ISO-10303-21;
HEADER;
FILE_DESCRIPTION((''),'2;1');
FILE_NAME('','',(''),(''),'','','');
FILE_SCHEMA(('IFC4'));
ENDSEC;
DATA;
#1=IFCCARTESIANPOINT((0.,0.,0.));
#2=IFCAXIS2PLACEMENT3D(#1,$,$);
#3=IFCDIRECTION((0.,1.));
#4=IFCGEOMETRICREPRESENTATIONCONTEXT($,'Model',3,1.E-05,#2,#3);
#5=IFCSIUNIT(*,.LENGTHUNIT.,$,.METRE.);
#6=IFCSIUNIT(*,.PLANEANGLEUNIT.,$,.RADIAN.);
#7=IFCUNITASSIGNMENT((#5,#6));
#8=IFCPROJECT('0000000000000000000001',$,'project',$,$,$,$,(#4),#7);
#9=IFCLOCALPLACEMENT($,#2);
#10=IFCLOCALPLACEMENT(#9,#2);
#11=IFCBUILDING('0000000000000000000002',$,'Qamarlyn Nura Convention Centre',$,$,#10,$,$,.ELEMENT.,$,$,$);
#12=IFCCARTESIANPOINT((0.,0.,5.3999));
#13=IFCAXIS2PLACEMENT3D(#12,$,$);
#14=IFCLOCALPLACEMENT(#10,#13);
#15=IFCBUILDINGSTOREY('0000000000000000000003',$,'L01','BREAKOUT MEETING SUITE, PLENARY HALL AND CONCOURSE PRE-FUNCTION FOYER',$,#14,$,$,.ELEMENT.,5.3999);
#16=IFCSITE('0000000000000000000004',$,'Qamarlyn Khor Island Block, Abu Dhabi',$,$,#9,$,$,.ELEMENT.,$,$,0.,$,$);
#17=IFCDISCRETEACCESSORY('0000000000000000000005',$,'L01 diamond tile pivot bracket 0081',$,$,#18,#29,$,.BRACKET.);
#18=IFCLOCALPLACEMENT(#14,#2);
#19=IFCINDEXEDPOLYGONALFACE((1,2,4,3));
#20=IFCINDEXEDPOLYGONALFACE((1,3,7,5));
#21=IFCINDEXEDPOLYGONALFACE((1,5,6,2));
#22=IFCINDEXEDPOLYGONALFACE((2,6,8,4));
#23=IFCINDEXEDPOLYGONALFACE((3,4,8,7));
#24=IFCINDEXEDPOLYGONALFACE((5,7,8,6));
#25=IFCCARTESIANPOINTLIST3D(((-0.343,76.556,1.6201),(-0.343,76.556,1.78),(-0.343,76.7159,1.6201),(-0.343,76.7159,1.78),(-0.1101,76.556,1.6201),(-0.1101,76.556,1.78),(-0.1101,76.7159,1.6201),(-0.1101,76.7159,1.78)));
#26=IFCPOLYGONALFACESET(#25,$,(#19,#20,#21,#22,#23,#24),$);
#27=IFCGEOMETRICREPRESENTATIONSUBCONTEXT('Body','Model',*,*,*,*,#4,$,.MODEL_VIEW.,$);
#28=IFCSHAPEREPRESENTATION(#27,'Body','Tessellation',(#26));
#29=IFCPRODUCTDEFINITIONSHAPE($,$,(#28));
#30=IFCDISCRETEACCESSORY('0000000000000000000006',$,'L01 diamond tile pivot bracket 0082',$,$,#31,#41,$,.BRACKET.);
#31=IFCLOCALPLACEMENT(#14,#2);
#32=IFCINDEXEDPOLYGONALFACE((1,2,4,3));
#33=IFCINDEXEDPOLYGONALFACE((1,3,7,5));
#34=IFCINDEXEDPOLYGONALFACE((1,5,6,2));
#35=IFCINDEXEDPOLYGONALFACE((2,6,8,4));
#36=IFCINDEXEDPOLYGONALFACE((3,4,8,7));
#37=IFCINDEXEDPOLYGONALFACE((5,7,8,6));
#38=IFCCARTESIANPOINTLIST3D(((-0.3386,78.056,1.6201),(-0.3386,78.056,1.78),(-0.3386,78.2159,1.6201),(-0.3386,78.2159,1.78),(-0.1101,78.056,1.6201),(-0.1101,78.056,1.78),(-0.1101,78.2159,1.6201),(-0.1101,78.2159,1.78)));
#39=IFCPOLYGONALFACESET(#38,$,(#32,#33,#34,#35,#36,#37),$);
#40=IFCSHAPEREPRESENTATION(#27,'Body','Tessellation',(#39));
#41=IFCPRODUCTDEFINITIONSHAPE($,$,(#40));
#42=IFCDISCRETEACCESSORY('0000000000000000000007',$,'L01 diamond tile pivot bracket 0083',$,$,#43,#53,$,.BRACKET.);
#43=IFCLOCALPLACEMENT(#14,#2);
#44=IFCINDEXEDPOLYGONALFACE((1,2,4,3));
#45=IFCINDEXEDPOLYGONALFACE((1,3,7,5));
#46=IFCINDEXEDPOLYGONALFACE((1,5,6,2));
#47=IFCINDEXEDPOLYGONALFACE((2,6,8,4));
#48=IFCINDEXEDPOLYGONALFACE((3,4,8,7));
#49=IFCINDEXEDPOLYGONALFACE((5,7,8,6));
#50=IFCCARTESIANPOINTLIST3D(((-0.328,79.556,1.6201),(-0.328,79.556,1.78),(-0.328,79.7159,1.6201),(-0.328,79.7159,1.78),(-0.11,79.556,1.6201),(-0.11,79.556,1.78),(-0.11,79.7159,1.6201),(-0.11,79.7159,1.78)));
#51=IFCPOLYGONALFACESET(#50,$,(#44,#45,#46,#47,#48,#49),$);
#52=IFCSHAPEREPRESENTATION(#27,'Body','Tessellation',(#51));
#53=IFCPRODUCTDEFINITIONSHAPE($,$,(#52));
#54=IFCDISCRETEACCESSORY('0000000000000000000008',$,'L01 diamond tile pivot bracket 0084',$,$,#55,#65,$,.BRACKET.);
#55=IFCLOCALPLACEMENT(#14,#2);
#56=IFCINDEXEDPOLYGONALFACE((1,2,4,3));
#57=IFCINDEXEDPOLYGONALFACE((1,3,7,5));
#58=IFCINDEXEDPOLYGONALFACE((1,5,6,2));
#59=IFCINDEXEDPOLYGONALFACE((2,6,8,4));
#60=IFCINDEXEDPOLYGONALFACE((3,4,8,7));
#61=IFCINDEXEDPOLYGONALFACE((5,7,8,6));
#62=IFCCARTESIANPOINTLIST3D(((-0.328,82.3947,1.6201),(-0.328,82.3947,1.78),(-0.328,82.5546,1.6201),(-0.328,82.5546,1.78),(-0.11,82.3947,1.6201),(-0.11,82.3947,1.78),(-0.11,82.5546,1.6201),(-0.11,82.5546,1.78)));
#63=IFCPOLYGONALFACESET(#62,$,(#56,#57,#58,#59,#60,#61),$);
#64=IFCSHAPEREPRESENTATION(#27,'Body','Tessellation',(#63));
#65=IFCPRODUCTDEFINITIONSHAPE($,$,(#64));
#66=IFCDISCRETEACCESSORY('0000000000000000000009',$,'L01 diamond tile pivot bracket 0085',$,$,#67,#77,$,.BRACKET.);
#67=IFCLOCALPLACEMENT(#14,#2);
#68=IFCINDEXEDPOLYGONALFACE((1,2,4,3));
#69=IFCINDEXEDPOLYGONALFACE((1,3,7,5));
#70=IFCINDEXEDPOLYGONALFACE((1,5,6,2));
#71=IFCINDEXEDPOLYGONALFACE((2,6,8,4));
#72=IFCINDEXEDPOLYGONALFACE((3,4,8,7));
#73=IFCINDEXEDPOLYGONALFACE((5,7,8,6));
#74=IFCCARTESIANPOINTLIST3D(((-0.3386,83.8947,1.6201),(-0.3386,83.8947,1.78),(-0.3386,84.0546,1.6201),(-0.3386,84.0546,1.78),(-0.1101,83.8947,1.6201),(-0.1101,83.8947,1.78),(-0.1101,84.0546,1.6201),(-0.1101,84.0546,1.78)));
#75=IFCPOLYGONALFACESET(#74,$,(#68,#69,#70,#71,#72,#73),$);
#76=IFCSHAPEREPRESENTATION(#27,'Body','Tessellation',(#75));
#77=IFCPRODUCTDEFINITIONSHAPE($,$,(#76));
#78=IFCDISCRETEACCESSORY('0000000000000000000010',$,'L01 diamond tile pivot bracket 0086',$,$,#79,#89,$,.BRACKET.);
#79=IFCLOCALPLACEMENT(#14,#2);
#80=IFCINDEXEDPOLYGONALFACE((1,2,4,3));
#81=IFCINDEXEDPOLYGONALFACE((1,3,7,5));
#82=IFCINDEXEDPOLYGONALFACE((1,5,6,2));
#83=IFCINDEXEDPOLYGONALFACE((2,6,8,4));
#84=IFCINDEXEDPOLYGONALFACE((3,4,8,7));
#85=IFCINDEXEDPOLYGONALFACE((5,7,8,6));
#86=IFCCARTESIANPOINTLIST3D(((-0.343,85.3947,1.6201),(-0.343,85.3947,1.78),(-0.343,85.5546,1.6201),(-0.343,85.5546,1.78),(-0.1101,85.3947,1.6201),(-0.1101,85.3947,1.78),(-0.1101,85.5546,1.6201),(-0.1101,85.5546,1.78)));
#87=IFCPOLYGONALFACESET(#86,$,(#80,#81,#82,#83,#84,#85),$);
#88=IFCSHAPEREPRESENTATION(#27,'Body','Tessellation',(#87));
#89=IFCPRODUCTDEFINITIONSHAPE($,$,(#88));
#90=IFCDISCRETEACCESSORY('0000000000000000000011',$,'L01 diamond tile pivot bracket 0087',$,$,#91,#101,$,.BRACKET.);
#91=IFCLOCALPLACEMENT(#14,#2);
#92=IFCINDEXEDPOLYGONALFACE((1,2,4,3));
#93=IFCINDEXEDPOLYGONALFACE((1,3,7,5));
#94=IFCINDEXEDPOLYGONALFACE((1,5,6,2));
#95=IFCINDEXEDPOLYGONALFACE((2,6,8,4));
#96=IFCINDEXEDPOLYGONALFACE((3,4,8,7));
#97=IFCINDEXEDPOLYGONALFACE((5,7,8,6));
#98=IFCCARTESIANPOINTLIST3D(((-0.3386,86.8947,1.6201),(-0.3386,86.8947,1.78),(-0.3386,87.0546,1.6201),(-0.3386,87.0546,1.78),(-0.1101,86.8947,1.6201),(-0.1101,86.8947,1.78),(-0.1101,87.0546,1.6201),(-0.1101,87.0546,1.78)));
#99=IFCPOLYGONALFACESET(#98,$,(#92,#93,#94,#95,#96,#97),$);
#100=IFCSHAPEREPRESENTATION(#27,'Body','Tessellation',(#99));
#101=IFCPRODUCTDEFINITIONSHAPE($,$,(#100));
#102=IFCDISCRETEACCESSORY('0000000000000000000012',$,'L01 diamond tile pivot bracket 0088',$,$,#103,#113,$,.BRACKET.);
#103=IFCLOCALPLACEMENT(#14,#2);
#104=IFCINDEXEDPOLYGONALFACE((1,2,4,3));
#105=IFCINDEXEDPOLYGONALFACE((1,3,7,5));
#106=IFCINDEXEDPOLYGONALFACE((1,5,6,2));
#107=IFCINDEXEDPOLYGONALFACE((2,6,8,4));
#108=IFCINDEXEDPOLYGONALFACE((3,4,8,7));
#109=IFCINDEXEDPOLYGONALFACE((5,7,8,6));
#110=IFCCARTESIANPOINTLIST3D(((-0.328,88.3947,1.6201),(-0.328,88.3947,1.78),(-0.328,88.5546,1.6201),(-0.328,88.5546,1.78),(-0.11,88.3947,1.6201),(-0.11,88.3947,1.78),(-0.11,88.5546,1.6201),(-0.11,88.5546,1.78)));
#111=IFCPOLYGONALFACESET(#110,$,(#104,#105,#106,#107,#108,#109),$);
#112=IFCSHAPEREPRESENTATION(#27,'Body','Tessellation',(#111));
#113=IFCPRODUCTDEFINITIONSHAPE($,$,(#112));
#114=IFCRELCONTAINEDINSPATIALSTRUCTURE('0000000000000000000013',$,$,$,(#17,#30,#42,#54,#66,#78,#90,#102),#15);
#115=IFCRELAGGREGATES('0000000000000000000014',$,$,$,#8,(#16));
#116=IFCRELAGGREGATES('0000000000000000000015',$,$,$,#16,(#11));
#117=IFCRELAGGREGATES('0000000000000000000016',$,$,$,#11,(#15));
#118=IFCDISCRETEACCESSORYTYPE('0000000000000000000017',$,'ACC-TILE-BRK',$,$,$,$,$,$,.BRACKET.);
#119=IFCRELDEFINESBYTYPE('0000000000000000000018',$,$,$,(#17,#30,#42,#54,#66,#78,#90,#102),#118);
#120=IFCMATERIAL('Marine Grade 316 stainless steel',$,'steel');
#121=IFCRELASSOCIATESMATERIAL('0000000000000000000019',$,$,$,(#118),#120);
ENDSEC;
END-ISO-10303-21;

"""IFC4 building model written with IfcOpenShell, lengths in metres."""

from ifc_helpers import new_model, si_unit, direction, frame, origin, origin_2d, place, context, subcontext, project, spatial, rectangle, extrude, material, type_object, element, save


model = new_model("IFC4")

# Units and contexts
model_context = context("Model", 3, precision=1e-05, world=origin(), true_north=direction((0.0, 1.0)))
body_context = subcontext(model_context, "Body", "Model", "MODEL_VIEW")
ifc_project = project(units=[si_unit("LENGTHUNIT", "METRE"), si_unit("PLANEANGLEUNIT", "RADIAN")], contexts=[model_context])

# Site, building, storey
site_placement = place(None, origin())
site = spatial("IfcSite", under=ifc_project, at=site_placement, Name="Qamarlyn Khor Island Block, Abu Dhabi", CompositionType="ELEMENT", RefElevation=0.0)
building_placement = place(site_placement, origin())
building = spatial("IfcBuilding", under=site, at=building_placement, Name="Qamarlyn Nura Convention Centre", CompositionType="ELEMENT")
storey_placement = place(building_placement, frame((0.0, 0.0, 5.3999)))
storey = spatial("IfcBuildingStorey", under=building, at=storey_placement, Name="L01", Description="BREAKOUT MEETING SUITE, PLENARY HALL AND CONCOURSE PRE-FUNCTION FOYER", CompositionType="ELEMENT", Elevation=5.3999)

# Discrete accessories
ifc_material_1 = material(Name="Marine Grade 316 stainless steel", Category="steel")
discrete_accessory_type_1 = type_object("IfcDiscreteAccessoryType", Name="ACC-TILE-BRK", PredefinedType="BRACKET", material=ifc_material_1)
discrete_accessory_1_placement = place(storey_placement, frame((-0.2266, 76.636, 1.6201), z_axis=(0.0, 0.0, 1.0), x_axis=(-1.0, 0.0, 0.0)))
element("IfcDiscreteAccessory", 1, at=discrete_accessory_1_placement, inside=storey, type_object=discrete_accessory_type_1, Name="L01 diamond tile pivot bracket 0081", PredefinedType="BRACKET", context=body_context, shape_type="SweptSolid", body=[
    extrude(rectangle(XDim=0.2329, YDim=0.1599, at=origin_2d()), origin(), (0.0, 0.0, 1.0), 0.1599),
])
discrete_accessory_2_placement = place(storey_placement, frame((-0.2244, 78.136, 1.6201), z_axis=(0.0, 0.0, 1.0), x_axis=(-1.0, 0.0, 0.0)))
element("IfcDiscreteAccessory", 2, at=discrete_accessory_2_placement, inside=storey, type_object=discrete_accessory_type_1, Name="L01 diamond tile pivot bracket 0082", PredefinedType="BRACKET", context=body_context, shape_type="SweptSolid", body=[
    extrude(rectangle(XDim=0.2285, YDim=0.1599, at=origin_2d()), origin(), (0.0, 0.0, 1.0), 0.1599),
])
for number, where, z_axis, x_axis, name in (
    (3, (-0.219, 79.636, 1.6201), (0.0, 0.0, 1.0), (-1.0, 0.0, 0.0), "L01 diamond tile pivot bracket 0083"),
    (4, (-0.219, 82.4746, 1.6201), (0.0, 0.0, 1.0), (-1.0, 0.0, 0.0), "L01 diamond tile pivot bracket 0084"),
):
    element("IfcDiscreteAccessory", number, at=place(storey_placement, frame(where, z_axis=z_axis, x_axis=x_axis)), inside=storey, type_object=discrete_accessory_type_1, Name=name, PredefinedType="BRACKET", context=body_context, shape_type="SweptSolid", body=[
        extrude(rectangle(XDim=0.218, YDim=0.1599, at=origin_2d()), origin(), (0.0, 0.0, 1.0), 0.1599),
    ])
discrete_accessory_3_placement = place(storey_placement, frame((-0.2244, 83.9746, 1.6201), z_axis=(0.0, 0.0, 1.0), x_axis=(-1.0, 0.0, 0.0)))
element("IfcDiscreteAccessory", 5, at=discrete_accessory_3_placement, inside=storey, type_object=discrete_accessory_type_1, Name="L01 diamond tile pivot bracket 0085", PredefinedType="BRACKET", context=body_context, shape_type="SweptSolid", body=[
    extrude(rectangle(XDim=0.2285, YDim=0.1599, at=origin_2d()), origin(), (0.0, 0.0, 1.0), 0.1599),
])
discrete_accessory_4_placement = place(storey_placement, frame((-0.2266, 85.4746, 1.6201), z_axis=(0.0, 0.0, 1.0), x_axis=(-1.0, 0.0, 0.0)))
element("IfcDiscreteAccessory", 6, at=discrete_accessory_4_placement, inside=storey, type_object=discrete_accessory_type_1, Name="L01 diamond tile pivot bracket 0086", PredefinedType="BRACKET", context=body_context, shape_type="SweptSolid", body=[
    extrude(rectangle(XDim=0.2329, YDim=0.1599, at=origin_2d()), origin(), (0.0, 0.0, 1.0), 0.1599),
])
discrete_accessory_5_placement = place(storey_placement, frame((-0.2244, 86.9746, 1.6201), z_axis=(0.0, 0.0, 1.0), x_axis=(-1.0, 0.0, 0.0)))
element("IfcDiscreteAccessory", 7, at=discrete_accessory_5_placement, inside=storey, type_object=discrete_accessory_type_1, Name="L01 diamond tile pivot bracket 0087", PredefinedType="BRACKET", context=body_context, shape_type="SweptSolid", body=[
    extrude(rectangle(XDim=0.2285, YDim=0.1599, at=origin_2d()), origin(), (0.0, 0.0, 1.0), 0.1599),
])
discrete_accessory_6_placement = place(storey_placement, frame((-0.219, 88.4746, 1.6201), z_axis=(0.0, 0.0, 1.0), x_axis=(-1.0, 0.0, 0.0)))
element("IfcDiscreteAccessory", 8, at=discrete_accessory_6_placement, inside=storey, type_object=discrete_accessory_type_1, Name="L01 diamond tile pivot bracket 0088", PredefinedType="BRACKET", context=body_context, shape_type="SweptSolid", body=[
    extrude(rectangle(XDim=0.218, YDim=0.1599, at=origin_2d()), origin(), (0.0, 0.0, 1.0), 0.1599),
])

save(model, "model.ifc")
